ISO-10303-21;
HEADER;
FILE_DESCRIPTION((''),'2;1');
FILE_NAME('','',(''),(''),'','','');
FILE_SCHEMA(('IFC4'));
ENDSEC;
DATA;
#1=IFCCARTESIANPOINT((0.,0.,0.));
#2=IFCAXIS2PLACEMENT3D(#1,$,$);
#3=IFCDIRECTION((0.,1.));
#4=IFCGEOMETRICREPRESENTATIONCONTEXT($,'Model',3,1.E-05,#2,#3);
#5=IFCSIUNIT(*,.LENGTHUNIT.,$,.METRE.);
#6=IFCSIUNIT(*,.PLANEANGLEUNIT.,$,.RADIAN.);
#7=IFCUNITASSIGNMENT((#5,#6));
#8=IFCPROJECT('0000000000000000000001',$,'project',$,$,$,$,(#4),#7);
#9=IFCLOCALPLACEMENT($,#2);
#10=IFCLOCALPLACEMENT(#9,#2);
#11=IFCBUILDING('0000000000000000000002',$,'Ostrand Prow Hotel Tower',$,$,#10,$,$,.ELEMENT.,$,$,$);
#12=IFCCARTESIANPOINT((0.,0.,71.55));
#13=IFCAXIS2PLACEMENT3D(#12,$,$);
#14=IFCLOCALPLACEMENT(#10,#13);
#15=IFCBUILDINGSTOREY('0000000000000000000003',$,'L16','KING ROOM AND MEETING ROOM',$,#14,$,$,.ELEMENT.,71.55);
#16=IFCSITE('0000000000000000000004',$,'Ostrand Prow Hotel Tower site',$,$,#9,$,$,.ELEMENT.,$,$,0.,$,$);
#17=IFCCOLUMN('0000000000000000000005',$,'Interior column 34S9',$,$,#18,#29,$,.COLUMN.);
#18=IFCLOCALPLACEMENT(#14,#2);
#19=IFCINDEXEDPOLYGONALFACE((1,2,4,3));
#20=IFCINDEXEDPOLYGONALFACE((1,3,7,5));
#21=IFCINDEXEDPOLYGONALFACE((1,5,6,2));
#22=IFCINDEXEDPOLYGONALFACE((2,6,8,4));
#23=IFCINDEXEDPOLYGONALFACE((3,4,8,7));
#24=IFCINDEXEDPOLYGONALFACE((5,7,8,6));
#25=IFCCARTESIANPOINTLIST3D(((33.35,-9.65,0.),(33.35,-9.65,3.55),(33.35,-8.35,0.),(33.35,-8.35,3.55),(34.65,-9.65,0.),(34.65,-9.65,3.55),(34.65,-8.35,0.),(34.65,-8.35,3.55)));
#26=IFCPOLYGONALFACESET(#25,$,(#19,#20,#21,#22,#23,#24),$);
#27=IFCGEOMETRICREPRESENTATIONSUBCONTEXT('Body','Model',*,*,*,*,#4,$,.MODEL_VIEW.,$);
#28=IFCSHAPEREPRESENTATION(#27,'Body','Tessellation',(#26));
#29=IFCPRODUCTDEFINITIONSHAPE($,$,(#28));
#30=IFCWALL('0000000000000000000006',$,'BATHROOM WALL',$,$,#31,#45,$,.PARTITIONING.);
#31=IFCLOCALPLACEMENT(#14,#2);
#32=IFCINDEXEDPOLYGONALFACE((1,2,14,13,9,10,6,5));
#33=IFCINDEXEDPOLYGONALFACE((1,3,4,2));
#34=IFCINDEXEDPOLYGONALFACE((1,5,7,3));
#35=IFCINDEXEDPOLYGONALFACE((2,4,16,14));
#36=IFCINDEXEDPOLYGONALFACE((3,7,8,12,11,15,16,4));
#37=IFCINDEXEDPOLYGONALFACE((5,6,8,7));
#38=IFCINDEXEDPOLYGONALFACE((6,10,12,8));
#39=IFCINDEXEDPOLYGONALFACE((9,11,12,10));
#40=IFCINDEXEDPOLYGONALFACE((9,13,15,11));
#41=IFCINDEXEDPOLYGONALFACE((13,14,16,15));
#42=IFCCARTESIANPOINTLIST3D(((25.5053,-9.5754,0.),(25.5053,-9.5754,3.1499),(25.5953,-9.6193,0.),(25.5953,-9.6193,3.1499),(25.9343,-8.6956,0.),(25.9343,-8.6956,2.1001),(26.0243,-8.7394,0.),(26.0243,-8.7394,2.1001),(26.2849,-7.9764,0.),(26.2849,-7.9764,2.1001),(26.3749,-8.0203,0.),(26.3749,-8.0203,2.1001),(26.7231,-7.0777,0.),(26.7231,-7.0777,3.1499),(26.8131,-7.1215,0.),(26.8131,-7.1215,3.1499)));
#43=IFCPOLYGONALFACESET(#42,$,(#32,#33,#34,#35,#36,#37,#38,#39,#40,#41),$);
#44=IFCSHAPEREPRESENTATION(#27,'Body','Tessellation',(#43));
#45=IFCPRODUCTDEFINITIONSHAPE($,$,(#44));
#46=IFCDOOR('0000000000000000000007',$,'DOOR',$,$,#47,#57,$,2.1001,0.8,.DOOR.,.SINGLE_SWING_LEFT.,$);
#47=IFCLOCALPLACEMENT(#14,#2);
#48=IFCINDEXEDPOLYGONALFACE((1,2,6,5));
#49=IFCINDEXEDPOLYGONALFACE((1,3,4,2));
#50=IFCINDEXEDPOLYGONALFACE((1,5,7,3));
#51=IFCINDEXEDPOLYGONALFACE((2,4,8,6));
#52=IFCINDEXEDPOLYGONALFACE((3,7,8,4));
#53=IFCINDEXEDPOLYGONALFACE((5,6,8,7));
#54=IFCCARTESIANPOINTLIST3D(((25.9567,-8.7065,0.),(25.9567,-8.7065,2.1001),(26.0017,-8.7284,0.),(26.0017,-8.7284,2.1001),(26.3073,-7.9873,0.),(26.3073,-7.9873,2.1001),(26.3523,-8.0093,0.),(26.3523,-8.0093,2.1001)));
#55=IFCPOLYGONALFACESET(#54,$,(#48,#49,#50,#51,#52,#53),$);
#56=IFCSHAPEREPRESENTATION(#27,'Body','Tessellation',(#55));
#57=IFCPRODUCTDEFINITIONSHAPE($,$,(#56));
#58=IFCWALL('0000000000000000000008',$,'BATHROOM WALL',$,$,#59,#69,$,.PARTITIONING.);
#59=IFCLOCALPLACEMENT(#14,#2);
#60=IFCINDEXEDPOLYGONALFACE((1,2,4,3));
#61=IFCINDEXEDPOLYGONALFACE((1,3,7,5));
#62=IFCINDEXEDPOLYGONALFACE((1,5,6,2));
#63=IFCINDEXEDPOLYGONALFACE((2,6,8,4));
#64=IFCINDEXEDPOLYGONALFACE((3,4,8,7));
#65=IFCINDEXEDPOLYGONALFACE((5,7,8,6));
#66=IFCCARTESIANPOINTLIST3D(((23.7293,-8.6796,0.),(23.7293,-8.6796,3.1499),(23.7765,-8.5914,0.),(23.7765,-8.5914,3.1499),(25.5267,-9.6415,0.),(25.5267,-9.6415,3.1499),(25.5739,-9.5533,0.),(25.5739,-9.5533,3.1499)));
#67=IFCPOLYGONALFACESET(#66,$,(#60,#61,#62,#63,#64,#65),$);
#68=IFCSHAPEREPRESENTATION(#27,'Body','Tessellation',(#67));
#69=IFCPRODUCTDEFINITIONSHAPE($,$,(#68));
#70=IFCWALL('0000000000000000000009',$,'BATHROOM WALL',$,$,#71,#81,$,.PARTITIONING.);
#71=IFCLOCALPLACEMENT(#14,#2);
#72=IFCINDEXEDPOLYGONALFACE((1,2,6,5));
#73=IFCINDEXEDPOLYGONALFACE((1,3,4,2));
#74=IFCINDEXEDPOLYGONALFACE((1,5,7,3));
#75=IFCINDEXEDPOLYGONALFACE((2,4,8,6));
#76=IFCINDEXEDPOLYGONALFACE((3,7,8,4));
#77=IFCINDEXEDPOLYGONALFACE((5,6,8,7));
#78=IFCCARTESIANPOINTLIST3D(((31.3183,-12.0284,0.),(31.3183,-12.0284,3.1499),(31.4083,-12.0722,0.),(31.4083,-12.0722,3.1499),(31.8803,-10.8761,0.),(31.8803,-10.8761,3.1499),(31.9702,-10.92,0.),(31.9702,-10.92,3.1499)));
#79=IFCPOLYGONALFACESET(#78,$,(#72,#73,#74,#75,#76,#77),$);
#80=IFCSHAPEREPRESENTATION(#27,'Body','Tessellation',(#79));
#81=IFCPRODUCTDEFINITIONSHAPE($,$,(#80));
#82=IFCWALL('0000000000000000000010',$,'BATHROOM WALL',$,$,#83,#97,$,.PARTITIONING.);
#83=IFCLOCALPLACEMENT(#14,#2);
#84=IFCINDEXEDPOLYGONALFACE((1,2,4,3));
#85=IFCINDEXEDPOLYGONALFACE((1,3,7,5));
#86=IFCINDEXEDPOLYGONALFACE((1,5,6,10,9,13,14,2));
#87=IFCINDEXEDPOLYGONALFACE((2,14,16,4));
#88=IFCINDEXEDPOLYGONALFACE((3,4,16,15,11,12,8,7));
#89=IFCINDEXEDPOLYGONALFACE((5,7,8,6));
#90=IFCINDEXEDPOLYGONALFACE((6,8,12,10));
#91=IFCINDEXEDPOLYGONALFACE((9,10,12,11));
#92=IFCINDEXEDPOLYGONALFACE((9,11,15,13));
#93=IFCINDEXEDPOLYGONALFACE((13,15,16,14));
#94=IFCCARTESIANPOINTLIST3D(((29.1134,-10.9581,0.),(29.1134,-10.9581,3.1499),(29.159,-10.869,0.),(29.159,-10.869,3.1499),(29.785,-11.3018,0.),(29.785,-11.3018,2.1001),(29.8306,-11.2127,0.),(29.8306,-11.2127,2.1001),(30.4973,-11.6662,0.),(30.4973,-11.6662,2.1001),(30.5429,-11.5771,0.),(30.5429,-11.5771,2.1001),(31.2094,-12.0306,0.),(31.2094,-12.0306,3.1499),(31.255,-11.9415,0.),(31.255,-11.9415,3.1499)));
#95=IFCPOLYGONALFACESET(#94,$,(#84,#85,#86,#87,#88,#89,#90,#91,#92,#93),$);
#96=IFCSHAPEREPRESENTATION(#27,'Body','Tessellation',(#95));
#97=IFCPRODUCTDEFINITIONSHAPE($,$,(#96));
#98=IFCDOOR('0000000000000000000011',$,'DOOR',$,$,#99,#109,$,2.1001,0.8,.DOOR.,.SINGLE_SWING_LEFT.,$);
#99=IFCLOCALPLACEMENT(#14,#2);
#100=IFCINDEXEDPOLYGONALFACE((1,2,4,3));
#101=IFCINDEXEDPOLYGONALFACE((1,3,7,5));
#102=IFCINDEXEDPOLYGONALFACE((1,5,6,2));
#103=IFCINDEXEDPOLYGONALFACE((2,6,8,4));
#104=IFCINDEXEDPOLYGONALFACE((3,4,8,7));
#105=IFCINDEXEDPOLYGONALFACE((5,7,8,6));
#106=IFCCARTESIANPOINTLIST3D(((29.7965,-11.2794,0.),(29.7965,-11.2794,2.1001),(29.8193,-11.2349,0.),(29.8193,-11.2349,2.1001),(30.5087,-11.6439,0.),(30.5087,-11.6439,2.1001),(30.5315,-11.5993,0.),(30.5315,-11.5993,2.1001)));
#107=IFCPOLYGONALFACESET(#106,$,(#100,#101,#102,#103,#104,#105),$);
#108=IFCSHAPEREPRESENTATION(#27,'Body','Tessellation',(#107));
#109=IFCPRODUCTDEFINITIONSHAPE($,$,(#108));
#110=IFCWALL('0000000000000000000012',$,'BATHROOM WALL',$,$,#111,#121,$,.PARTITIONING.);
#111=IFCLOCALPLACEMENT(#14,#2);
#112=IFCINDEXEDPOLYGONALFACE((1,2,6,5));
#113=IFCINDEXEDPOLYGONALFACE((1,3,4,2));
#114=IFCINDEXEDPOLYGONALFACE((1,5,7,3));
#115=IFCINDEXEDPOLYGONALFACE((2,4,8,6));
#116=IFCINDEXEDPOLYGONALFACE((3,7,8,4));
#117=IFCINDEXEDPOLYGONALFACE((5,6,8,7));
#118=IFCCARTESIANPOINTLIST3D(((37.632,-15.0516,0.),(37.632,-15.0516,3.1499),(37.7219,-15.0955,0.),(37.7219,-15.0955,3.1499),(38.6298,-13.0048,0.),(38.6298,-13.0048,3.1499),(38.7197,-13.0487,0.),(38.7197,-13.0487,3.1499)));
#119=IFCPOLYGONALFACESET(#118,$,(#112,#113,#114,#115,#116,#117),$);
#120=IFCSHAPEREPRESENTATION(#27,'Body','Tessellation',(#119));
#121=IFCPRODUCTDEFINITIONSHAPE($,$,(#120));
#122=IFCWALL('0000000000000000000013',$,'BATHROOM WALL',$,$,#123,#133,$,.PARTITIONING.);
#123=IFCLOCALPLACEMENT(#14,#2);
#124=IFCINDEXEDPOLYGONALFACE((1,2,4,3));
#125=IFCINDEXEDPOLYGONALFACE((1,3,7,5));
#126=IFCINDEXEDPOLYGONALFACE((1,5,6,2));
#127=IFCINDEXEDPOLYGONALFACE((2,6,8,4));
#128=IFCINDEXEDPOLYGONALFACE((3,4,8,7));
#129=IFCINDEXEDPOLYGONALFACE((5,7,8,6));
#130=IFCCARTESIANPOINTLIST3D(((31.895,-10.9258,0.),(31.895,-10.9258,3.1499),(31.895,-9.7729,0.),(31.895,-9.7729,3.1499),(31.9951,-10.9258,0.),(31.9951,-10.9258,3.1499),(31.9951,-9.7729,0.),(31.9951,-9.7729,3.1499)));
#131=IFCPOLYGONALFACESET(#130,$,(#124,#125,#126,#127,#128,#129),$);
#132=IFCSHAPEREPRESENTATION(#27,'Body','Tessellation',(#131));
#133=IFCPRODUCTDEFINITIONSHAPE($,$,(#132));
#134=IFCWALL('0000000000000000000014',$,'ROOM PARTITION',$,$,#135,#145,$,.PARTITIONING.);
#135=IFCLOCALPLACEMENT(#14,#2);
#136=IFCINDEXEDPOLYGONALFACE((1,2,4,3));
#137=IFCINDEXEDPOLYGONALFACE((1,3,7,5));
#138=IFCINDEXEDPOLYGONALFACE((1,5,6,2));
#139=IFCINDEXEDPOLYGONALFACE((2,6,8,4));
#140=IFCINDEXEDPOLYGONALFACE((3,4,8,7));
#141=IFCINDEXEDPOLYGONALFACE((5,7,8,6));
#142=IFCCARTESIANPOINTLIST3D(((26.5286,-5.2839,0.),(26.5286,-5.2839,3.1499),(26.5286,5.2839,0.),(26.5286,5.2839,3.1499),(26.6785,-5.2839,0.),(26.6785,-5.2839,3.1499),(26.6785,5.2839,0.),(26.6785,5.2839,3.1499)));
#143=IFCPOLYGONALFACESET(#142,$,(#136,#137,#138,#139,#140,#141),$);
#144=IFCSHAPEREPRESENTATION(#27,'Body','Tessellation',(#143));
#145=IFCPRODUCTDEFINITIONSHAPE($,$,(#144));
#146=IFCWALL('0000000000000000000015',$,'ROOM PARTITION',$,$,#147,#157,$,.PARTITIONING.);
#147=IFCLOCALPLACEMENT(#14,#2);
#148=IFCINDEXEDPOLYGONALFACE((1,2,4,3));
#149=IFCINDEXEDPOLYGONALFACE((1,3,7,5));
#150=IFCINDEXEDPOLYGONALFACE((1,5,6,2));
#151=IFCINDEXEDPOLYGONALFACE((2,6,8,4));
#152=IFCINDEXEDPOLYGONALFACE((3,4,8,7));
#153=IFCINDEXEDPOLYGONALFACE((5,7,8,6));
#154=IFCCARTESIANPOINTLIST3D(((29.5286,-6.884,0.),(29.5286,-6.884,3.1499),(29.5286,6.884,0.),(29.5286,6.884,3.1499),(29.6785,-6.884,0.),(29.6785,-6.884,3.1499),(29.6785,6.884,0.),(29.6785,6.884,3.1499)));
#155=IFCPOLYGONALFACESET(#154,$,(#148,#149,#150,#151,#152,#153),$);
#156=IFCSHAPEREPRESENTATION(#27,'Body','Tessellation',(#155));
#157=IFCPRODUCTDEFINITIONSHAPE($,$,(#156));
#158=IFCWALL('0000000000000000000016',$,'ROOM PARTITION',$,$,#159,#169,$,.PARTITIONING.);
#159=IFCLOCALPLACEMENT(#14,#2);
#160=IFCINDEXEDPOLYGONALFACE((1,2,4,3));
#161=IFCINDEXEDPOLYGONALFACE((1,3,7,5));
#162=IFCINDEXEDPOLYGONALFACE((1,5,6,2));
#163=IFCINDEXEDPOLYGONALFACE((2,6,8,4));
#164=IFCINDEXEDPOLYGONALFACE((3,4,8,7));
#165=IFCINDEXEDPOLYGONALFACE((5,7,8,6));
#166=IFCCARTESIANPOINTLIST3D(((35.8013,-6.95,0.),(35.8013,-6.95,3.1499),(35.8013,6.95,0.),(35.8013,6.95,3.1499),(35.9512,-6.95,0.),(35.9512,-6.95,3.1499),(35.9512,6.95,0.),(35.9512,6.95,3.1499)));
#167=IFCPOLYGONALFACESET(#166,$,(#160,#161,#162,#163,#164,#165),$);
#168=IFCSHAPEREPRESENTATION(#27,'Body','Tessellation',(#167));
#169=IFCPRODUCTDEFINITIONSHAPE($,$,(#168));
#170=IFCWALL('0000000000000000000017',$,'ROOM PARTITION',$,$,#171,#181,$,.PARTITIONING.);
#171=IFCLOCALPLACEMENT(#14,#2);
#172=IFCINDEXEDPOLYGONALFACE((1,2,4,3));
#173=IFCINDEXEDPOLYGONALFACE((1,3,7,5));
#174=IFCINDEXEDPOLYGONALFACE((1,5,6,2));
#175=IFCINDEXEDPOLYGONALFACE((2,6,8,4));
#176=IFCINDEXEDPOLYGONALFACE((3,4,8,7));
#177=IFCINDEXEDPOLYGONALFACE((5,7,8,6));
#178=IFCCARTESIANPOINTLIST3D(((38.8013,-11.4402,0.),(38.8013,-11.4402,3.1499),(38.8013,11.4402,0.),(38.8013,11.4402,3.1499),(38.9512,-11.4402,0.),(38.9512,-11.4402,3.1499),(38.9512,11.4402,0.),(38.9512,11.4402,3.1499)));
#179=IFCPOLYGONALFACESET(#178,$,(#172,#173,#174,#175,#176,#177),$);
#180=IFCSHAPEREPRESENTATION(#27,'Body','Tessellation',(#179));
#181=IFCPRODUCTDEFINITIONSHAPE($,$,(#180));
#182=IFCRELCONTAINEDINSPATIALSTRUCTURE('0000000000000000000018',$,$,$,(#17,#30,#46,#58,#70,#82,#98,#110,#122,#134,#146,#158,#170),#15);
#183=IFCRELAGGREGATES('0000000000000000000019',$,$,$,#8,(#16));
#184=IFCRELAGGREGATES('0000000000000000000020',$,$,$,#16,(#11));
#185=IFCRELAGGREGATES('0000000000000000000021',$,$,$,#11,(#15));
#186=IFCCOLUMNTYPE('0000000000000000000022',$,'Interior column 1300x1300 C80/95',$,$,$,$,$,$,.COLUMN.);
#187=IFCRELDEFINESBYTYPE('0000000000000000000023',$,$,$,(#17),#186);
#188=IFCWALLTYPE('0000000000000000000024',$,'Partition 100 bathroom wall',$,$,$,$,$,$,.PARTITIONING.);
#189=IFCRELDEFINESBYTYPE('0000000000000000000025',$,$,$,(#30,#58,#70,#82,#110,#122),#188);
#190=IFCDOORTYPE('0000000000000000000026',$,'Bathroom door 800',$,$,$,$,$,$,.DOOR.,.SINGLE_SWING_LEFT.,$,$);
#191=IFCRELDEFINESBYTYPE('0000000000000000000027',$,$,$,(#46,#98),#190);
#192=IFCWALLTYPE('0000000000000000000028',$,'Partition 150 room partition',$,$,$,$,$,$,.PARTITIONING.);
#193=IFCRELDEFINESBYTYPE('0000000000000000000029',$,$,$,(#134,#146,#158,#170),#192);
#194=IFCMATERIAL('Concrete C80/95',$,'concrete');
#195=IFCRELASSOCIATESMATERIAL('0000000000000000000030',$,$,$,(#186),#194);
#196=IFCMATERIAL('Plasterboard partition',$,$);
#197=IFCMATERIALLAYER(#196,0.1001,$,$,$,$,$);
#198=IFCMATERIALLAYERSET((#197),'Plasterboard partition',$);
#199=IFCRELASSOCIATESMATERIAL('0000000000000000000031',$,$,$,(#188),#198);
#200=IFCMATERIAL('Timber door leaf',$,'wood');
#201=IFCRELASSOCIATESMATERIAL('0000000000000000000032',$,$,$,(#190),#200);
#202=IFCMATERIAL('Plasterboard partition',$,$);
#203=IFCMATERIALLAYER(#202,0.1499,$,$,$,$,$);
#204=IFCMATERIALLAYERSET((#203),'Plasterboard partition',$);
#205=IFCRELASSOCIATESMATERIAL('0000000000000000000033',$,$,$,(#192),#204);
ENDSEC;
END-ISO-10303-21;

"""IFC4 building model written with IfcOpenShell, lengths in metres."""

from ifc_helpers import new_model, si_unit, direction, frame, frame_2d, origin, origin_2d, place, context, subcontext, project, spatial, rectangle, extrude, material, layer, layer_set, material_profile, profile_set, type_object, element, fill, save


model = new_model("IFC4")

# Units and contexts
model_context = context("Model", 3, precision=1e-05, world=origin(), true_north=direction((0.0, 1.0)))
body_context = subcontext(model_context, "Body", "Model", "MODEL_VIEW")
ifc_project = project(units=[si_unit("LENGTHUNIT", "METRE"), si_unit("PLANEANGLEUNIT", "RADIAN")], contexts=[model_context])

# Site, building, storey
site_placement = place(None, origin())
site = spatial("IfcSite", under=ifc_project, at=site_placement, Name="Ostrand Prow Hotel Tower site", CompositionType="ELEMENT", RefElevation=0.0)
building_placement = place(site_placement, origin())
building = spatial("IfcBuilding", under=site, at=building_placement, Name="Ostrand Prow Hotel Tower", CompositionType="ELEMENT")
storey_placement = place(building_placement, frame((0.0, 0.0, 71.55)))
storey = spatial("IfcBuildingStorey", under=building, at=storey_placement, Name="L16", Description="KING ROOM AND MEETING ROOM", CompositionType="ELEMENT", Elevation=71.55)

# Column
ifc_material_1 = material(Name="Concrete C80/95", Category="concrete")
ifc_material_profile = material_profile(ifc_material_1, rectangle(XDim=1.3, YDim=1.3, at=origin_2d()), Name="RC 1300x1300")
ifc_profile_set = profile_set([ifc_material_profile], Name="Concrete C80/95")
column_type = type_object("IfcColumnType", Name="Interior column 1300x1300 C80/95", PredefinedType="COLUMN", material=ifc_profile_set)
column_placement = place(storey_placement, frame((34.0, -9.0, 0.0), z_axis=(0.0, 0.0, 1.0), x_axis=(1.0, 0.0, 0.0)))
element("IfcColumn", 1, at=column_placement, inside=storey, type_object=column_type, Name="Interior column 34S9", PredefinedType="COLUMN", context=body_context, shape_type="SweptSolid", body=[
    extrude(rectangle(XDim=1.3, YDim=1.3, at=origin_2d()), origin(), (0.0, 0.0, 1.0), 3.55),
])

# Wall, opening, door
ifc_material_2 = material(Name="Plasterboard partition")
ifc_layer_1 = layer(ifc_material_2, 0.1001)
ifc_layer_set_1 = layer_set([ifc_layer_1], Name="Plasterboard partition")
wall_type_1 = type_object("IfcWallType", Name="Partition 100 bathroom wall", PredefinedType="PARTITIONING", material=ifc_layer_set_1)
wall_1_placement = place(storey_placement, frame((26.7681, -7.0996, 0.0), z_axis=(0.0, 0.0, 1.0), x_axis=(-0.43823, -0.898863, 0.0)))
wall_1 = element("IfcWall", 2, at=wall_1_placement, inside=storey, type_object=wall_type_1, Name="BATHROOM WALL", PredefinedType="PARTITIONING", context=body_context, shape_type="SweptSolid", body=[
    extrude(rectangle(XDim=2.7788, YDim=0.1001, at=frame_2d((1.3894, 0.0))), origin(), (0.0, 0.0, 1.0), 3.1499),
])
opening_1_placement = place(wall_1_placement, frame((1.0, 0.0, 0.0)))
opening_1 = element("IfcOpeningElement", 3, at=opening_1_placement, cuts=wall_1, PredefinedType="OPENING", context=body_context, shape_type="SweptSolid", body=[
    extrude(rectangle(XDim=0.8, YDim=2.1001, at=frame_2d((0.3999, 1.05))), frame((0.0, 0.0601, 0.0), z_axis=(0.0, -1.0, 0.0), x_axis=(1.0, 0.0, 0.0)), (0.0, 0.0, 1.0), 0.1201),
])
ifc_material_3 = material(Name="Timber door leaf", Category="wood")
door_type_1 = type_object("IfcDoorType", Name="Bathroom door 800", OperationType="SINGLE_SWING_LEFT", PredefinedType="DOOR", material=ifc_material_3)
door_1_placement = place(opening_1_placement, origin())
door_1 = element("IfcDoor", 4, at=door_1_placement, inside=storey, type_object=door_type_1, Name="DOOR", OperationType="SINGLE_SWING_LEFT", OverallHeight=2.1001, OverallWidth=0.8, PredefinedType="DOOR", context=body_context, shape_type="SweptSolid", body=[
    extrude(rectangle(XDim=0.8, YDim=2.1001, at=frame_2d((0.3999, 1.05))), frame((0.0, 0.0249, 0.0), z_axis=(0.0, -1.0, 0.0), x_axis=(1.0, 0.0, 0.0)), (0.0, 0.0, 1.0), 0.05),
])
fill(opening_1, door_1)

# Walls
wall_2_placement = place(storey_placement, frame((25.5503, -9.5974, 0.0), z_axis=(0.0, 0.0, 1.0), x_axis=(-0.881676, 0.471856, 0.0)))
element("IfcWall", 5, at=wall_2_placement, inside=storey, type_object=wall_type_1, Name="BATHROOM WALL", PredefinedType="PARTITIONING", context=body_context, shape_type="SweptSolid", body=[
    extrude(rectangle(XDim=2.0386, YDim=0.1001, at=frame_2d((1.0193, 0.0))), origin(), (0.0, 0.0, 1.0), 3.1499),
])
wall_3_placement = place(storey_placement, frame((31.9253, -10.8979, 0.0), z_axis=(0.0, 0.0, 1.0), x_axis=(-0.438356, -0.898801, 0.0)))
element("IfcWall", 6, at=wall_3_placement, inside=storey, type_object=wall_type_1, Name="BATHROOM WALL", PredefinedType="PARTITIONING", context=body_context, shape_type="SweptSolid", body=[
    extrude(rectangle(XDim=1.282, YDim=0.1001, at=frame_2d((0.6411, 0.0))), origin(), (0.0, 0.0, 1.0), 3.1499),
])

# Wall, opening, door
wall_4_placement = place(storey_placement, frame((31.2322, -11.9861, 0.0), z_axis=(0.0, 0.0, 1.0), x_axis=(-0.89022, 0.455531, 0.0)))
wall_4 = element("IfcWall", 7, at=wall_4_placement, inside=storey, type_object=wall_type_1, Name="BATHROOM WALL", PredefinedType="PARTITIONING", context=body_context, shape_type="SweptSolid", body=[
    extrude(rectangle(XDim=2.3545, YDim=0.1001, at=frame_2d((1.1772, 0.0))), origin(), (0.0, 0.0, 1.0), 3.1499),
])
opening_2_placement = place(wall_4_placement, frame((0.8, 0.0, 0.0)))
opening_2 = element("IfcOpeningElement", 8, at=opening_2_placement, cuts=wall_4, PredefinedType="OPENING", context=body_context, shape_type="SweptSolid", body=[
    extrude(rectangle(XDim=0.8, YDim=2.1001, at=frame_2d((0.3999, 1.05))), frame((0.0, 0.0601, 0.0), z_axis=(0.0, -1.0, 0.0), x_axis=(1.0, 0.0, 0.0)), (0.0, 0.0, 1.0), 0.1201),
])
door_2_placement = place(opening_2_placement, origin())
door_2 = element("IfcDoor", 9, at=door_2_placement, inside=storey, type_object=door_type_1, Name="DOOR", OperationType="SINGLE_SWING_LEFT", OverallHeight=2.1001, OverallWidth=0.8, PredefinedType="DOOR", context=body_context, shape_type="SweptSolid", body=[
    extrude(rectangle(XDim=0.8, YDim=2.1001, at=frame_2d((0.3999, 1.05))), frame((0.0, 0.0249, 0.0), z_axis=(0.0, -1.0, 0.0), x_axis=(1.0, 0.0, 0.0)), (0.0, 0.0, 1.0), 0.05),
])
fill(opening_2, door_2)

# Walls
wall_5_placement = place(storey_placement, frame((38.6748, -13.0266, 0.0), z_axis=(0.0, 0.0, 1.0), x_axis=(-0.438185, -0.898885, 0.0)))
element("IfcWall", 10, at=wall_5_placement, inside=storey, type_object=wall_type_1, Name="BATHROOM WALL", PredefinedType="PARTITIONING", context=body_context, shape_type="SweptSolid", body=[
    extrude(rectangle(XDim=2.2771, YDim=0.1001, at=frame_2d((1.1387, 0.0))), origin(), (0.0, 0.0, 1.0), 3.1499),
])
wall_6_placement = place(storey_placement, frame((31.9451, -9.7729, 0.0), z_axis=(0.0, 0.0, 1.0), x_axis=(0.0, -1.0, 0.0)))
element("IfcWall", 11, at=wall_6_placement, inside=storey, type_object=wall_type_1, Name="BATHROOM WALL", PredefinedType="PARTITIONING", context=body_context, shape_type="SweptSolid", body=[
    extrude(rectangle(XDim=1.1528, YDim=0.1001, at=frame_2d((0.5764, 0.0))), origin(), (0.0, 0.0, 1.0), 3.1499),
])
ifc_material_4 = material(Name="Plasterboard partition")
ifc_layer_2 = layer(ifc_material_4, 0.1499)
ifc_layer_set_2 = layer_set([ifc_layer_2], Name="Plasterboard partition")
wall_type_2 = type_object("IfcWallType", Name="Partition 150 room partition", PredefinedType="PARTITIONING", material=ifc_layer_set_2)
wall_7_placement = place(storey_placement, frame((26.6035, -5.2839, 0.0), z_axis=(0.0, 0.0, 1.0), x_axis=(0.0, 1.0, 0.0)))
element("IfcWall", 12, at=wall_7_placement, inside=storey, type_object=wall_type_2, Name="ROOM PARTITION", PredefinedType="PARTITIONING", context=body_context, shape_type="SweptSolid", body=[
    extrude(rectangle(XDim=10.5679, YDim=0.1499, at=frame_2d((5.2839, 0.0))), origin(), (0.0, 0.0, 1.0), 3.1499),
])
wall_8_placement = place(storey_placement, frame((29.6035, -6.884, 0.0), z_axis=(0.0, 0.0, 1.0), x_axis=(0.0, 1.0, 0.0)))
element("IfcWall", 13, at=wall_8_placement, inside=storey, type_object=wall_type_2, Name="ROOM PARTITION", PredefinedType="PARTITIONING", context=body_context, shape_type="SweptSolid", body=[
    extrude(rectangle(XDim=13.7681, YDim=0.1499, at=frame_2d((6.884, 0.0))), origin(), (0.0, 0.0, 1.0), 3.1499),
])
wall_9_placement = place(storey_placement, frame((35.8762, -6.95, 0.0), z_axis=(0.0, 0.0, 1.0), x_axis=(0.0, 1.0, 0.0)))
element("IfcWall", 14, at=wall_9_placement, inside=storey, type_object=wall_type_2, Name="ROOM PARTITION", PredefinedType="PARTITIONING", context=body_context, shape_type="SweptSolid", body=[
    extrude(rectangle(XDim=13.8999, YDim=0.1499, at=frame_2d((6.95, 0.0))), origin(), (0.0, 0.0, 1.0), 3.1499),
])
wall_10_placement = place(storey_placement, frame((38.8762, -11.4402, 0.0), z_axis=(0.0, 0.0, 1.0), x_axis=(0.0, 1.0, 0.0)))
element("IfcWall", 15, at=wall_10_placement, inside=storey, type_object=wall_type_2, Name="ROOM PARTITION", PredefinedType="PARTITIONING", context=body_context, shape_type="SweptSolid", body=[
    extrude(rectangle(XDim=22.8804, YDim=0.1499, at=frame_2d((11.4402, 0.0))), origin(), (0.0, 0.0, 1.0), 3.1499),
])

save(model, "model.ifc")
